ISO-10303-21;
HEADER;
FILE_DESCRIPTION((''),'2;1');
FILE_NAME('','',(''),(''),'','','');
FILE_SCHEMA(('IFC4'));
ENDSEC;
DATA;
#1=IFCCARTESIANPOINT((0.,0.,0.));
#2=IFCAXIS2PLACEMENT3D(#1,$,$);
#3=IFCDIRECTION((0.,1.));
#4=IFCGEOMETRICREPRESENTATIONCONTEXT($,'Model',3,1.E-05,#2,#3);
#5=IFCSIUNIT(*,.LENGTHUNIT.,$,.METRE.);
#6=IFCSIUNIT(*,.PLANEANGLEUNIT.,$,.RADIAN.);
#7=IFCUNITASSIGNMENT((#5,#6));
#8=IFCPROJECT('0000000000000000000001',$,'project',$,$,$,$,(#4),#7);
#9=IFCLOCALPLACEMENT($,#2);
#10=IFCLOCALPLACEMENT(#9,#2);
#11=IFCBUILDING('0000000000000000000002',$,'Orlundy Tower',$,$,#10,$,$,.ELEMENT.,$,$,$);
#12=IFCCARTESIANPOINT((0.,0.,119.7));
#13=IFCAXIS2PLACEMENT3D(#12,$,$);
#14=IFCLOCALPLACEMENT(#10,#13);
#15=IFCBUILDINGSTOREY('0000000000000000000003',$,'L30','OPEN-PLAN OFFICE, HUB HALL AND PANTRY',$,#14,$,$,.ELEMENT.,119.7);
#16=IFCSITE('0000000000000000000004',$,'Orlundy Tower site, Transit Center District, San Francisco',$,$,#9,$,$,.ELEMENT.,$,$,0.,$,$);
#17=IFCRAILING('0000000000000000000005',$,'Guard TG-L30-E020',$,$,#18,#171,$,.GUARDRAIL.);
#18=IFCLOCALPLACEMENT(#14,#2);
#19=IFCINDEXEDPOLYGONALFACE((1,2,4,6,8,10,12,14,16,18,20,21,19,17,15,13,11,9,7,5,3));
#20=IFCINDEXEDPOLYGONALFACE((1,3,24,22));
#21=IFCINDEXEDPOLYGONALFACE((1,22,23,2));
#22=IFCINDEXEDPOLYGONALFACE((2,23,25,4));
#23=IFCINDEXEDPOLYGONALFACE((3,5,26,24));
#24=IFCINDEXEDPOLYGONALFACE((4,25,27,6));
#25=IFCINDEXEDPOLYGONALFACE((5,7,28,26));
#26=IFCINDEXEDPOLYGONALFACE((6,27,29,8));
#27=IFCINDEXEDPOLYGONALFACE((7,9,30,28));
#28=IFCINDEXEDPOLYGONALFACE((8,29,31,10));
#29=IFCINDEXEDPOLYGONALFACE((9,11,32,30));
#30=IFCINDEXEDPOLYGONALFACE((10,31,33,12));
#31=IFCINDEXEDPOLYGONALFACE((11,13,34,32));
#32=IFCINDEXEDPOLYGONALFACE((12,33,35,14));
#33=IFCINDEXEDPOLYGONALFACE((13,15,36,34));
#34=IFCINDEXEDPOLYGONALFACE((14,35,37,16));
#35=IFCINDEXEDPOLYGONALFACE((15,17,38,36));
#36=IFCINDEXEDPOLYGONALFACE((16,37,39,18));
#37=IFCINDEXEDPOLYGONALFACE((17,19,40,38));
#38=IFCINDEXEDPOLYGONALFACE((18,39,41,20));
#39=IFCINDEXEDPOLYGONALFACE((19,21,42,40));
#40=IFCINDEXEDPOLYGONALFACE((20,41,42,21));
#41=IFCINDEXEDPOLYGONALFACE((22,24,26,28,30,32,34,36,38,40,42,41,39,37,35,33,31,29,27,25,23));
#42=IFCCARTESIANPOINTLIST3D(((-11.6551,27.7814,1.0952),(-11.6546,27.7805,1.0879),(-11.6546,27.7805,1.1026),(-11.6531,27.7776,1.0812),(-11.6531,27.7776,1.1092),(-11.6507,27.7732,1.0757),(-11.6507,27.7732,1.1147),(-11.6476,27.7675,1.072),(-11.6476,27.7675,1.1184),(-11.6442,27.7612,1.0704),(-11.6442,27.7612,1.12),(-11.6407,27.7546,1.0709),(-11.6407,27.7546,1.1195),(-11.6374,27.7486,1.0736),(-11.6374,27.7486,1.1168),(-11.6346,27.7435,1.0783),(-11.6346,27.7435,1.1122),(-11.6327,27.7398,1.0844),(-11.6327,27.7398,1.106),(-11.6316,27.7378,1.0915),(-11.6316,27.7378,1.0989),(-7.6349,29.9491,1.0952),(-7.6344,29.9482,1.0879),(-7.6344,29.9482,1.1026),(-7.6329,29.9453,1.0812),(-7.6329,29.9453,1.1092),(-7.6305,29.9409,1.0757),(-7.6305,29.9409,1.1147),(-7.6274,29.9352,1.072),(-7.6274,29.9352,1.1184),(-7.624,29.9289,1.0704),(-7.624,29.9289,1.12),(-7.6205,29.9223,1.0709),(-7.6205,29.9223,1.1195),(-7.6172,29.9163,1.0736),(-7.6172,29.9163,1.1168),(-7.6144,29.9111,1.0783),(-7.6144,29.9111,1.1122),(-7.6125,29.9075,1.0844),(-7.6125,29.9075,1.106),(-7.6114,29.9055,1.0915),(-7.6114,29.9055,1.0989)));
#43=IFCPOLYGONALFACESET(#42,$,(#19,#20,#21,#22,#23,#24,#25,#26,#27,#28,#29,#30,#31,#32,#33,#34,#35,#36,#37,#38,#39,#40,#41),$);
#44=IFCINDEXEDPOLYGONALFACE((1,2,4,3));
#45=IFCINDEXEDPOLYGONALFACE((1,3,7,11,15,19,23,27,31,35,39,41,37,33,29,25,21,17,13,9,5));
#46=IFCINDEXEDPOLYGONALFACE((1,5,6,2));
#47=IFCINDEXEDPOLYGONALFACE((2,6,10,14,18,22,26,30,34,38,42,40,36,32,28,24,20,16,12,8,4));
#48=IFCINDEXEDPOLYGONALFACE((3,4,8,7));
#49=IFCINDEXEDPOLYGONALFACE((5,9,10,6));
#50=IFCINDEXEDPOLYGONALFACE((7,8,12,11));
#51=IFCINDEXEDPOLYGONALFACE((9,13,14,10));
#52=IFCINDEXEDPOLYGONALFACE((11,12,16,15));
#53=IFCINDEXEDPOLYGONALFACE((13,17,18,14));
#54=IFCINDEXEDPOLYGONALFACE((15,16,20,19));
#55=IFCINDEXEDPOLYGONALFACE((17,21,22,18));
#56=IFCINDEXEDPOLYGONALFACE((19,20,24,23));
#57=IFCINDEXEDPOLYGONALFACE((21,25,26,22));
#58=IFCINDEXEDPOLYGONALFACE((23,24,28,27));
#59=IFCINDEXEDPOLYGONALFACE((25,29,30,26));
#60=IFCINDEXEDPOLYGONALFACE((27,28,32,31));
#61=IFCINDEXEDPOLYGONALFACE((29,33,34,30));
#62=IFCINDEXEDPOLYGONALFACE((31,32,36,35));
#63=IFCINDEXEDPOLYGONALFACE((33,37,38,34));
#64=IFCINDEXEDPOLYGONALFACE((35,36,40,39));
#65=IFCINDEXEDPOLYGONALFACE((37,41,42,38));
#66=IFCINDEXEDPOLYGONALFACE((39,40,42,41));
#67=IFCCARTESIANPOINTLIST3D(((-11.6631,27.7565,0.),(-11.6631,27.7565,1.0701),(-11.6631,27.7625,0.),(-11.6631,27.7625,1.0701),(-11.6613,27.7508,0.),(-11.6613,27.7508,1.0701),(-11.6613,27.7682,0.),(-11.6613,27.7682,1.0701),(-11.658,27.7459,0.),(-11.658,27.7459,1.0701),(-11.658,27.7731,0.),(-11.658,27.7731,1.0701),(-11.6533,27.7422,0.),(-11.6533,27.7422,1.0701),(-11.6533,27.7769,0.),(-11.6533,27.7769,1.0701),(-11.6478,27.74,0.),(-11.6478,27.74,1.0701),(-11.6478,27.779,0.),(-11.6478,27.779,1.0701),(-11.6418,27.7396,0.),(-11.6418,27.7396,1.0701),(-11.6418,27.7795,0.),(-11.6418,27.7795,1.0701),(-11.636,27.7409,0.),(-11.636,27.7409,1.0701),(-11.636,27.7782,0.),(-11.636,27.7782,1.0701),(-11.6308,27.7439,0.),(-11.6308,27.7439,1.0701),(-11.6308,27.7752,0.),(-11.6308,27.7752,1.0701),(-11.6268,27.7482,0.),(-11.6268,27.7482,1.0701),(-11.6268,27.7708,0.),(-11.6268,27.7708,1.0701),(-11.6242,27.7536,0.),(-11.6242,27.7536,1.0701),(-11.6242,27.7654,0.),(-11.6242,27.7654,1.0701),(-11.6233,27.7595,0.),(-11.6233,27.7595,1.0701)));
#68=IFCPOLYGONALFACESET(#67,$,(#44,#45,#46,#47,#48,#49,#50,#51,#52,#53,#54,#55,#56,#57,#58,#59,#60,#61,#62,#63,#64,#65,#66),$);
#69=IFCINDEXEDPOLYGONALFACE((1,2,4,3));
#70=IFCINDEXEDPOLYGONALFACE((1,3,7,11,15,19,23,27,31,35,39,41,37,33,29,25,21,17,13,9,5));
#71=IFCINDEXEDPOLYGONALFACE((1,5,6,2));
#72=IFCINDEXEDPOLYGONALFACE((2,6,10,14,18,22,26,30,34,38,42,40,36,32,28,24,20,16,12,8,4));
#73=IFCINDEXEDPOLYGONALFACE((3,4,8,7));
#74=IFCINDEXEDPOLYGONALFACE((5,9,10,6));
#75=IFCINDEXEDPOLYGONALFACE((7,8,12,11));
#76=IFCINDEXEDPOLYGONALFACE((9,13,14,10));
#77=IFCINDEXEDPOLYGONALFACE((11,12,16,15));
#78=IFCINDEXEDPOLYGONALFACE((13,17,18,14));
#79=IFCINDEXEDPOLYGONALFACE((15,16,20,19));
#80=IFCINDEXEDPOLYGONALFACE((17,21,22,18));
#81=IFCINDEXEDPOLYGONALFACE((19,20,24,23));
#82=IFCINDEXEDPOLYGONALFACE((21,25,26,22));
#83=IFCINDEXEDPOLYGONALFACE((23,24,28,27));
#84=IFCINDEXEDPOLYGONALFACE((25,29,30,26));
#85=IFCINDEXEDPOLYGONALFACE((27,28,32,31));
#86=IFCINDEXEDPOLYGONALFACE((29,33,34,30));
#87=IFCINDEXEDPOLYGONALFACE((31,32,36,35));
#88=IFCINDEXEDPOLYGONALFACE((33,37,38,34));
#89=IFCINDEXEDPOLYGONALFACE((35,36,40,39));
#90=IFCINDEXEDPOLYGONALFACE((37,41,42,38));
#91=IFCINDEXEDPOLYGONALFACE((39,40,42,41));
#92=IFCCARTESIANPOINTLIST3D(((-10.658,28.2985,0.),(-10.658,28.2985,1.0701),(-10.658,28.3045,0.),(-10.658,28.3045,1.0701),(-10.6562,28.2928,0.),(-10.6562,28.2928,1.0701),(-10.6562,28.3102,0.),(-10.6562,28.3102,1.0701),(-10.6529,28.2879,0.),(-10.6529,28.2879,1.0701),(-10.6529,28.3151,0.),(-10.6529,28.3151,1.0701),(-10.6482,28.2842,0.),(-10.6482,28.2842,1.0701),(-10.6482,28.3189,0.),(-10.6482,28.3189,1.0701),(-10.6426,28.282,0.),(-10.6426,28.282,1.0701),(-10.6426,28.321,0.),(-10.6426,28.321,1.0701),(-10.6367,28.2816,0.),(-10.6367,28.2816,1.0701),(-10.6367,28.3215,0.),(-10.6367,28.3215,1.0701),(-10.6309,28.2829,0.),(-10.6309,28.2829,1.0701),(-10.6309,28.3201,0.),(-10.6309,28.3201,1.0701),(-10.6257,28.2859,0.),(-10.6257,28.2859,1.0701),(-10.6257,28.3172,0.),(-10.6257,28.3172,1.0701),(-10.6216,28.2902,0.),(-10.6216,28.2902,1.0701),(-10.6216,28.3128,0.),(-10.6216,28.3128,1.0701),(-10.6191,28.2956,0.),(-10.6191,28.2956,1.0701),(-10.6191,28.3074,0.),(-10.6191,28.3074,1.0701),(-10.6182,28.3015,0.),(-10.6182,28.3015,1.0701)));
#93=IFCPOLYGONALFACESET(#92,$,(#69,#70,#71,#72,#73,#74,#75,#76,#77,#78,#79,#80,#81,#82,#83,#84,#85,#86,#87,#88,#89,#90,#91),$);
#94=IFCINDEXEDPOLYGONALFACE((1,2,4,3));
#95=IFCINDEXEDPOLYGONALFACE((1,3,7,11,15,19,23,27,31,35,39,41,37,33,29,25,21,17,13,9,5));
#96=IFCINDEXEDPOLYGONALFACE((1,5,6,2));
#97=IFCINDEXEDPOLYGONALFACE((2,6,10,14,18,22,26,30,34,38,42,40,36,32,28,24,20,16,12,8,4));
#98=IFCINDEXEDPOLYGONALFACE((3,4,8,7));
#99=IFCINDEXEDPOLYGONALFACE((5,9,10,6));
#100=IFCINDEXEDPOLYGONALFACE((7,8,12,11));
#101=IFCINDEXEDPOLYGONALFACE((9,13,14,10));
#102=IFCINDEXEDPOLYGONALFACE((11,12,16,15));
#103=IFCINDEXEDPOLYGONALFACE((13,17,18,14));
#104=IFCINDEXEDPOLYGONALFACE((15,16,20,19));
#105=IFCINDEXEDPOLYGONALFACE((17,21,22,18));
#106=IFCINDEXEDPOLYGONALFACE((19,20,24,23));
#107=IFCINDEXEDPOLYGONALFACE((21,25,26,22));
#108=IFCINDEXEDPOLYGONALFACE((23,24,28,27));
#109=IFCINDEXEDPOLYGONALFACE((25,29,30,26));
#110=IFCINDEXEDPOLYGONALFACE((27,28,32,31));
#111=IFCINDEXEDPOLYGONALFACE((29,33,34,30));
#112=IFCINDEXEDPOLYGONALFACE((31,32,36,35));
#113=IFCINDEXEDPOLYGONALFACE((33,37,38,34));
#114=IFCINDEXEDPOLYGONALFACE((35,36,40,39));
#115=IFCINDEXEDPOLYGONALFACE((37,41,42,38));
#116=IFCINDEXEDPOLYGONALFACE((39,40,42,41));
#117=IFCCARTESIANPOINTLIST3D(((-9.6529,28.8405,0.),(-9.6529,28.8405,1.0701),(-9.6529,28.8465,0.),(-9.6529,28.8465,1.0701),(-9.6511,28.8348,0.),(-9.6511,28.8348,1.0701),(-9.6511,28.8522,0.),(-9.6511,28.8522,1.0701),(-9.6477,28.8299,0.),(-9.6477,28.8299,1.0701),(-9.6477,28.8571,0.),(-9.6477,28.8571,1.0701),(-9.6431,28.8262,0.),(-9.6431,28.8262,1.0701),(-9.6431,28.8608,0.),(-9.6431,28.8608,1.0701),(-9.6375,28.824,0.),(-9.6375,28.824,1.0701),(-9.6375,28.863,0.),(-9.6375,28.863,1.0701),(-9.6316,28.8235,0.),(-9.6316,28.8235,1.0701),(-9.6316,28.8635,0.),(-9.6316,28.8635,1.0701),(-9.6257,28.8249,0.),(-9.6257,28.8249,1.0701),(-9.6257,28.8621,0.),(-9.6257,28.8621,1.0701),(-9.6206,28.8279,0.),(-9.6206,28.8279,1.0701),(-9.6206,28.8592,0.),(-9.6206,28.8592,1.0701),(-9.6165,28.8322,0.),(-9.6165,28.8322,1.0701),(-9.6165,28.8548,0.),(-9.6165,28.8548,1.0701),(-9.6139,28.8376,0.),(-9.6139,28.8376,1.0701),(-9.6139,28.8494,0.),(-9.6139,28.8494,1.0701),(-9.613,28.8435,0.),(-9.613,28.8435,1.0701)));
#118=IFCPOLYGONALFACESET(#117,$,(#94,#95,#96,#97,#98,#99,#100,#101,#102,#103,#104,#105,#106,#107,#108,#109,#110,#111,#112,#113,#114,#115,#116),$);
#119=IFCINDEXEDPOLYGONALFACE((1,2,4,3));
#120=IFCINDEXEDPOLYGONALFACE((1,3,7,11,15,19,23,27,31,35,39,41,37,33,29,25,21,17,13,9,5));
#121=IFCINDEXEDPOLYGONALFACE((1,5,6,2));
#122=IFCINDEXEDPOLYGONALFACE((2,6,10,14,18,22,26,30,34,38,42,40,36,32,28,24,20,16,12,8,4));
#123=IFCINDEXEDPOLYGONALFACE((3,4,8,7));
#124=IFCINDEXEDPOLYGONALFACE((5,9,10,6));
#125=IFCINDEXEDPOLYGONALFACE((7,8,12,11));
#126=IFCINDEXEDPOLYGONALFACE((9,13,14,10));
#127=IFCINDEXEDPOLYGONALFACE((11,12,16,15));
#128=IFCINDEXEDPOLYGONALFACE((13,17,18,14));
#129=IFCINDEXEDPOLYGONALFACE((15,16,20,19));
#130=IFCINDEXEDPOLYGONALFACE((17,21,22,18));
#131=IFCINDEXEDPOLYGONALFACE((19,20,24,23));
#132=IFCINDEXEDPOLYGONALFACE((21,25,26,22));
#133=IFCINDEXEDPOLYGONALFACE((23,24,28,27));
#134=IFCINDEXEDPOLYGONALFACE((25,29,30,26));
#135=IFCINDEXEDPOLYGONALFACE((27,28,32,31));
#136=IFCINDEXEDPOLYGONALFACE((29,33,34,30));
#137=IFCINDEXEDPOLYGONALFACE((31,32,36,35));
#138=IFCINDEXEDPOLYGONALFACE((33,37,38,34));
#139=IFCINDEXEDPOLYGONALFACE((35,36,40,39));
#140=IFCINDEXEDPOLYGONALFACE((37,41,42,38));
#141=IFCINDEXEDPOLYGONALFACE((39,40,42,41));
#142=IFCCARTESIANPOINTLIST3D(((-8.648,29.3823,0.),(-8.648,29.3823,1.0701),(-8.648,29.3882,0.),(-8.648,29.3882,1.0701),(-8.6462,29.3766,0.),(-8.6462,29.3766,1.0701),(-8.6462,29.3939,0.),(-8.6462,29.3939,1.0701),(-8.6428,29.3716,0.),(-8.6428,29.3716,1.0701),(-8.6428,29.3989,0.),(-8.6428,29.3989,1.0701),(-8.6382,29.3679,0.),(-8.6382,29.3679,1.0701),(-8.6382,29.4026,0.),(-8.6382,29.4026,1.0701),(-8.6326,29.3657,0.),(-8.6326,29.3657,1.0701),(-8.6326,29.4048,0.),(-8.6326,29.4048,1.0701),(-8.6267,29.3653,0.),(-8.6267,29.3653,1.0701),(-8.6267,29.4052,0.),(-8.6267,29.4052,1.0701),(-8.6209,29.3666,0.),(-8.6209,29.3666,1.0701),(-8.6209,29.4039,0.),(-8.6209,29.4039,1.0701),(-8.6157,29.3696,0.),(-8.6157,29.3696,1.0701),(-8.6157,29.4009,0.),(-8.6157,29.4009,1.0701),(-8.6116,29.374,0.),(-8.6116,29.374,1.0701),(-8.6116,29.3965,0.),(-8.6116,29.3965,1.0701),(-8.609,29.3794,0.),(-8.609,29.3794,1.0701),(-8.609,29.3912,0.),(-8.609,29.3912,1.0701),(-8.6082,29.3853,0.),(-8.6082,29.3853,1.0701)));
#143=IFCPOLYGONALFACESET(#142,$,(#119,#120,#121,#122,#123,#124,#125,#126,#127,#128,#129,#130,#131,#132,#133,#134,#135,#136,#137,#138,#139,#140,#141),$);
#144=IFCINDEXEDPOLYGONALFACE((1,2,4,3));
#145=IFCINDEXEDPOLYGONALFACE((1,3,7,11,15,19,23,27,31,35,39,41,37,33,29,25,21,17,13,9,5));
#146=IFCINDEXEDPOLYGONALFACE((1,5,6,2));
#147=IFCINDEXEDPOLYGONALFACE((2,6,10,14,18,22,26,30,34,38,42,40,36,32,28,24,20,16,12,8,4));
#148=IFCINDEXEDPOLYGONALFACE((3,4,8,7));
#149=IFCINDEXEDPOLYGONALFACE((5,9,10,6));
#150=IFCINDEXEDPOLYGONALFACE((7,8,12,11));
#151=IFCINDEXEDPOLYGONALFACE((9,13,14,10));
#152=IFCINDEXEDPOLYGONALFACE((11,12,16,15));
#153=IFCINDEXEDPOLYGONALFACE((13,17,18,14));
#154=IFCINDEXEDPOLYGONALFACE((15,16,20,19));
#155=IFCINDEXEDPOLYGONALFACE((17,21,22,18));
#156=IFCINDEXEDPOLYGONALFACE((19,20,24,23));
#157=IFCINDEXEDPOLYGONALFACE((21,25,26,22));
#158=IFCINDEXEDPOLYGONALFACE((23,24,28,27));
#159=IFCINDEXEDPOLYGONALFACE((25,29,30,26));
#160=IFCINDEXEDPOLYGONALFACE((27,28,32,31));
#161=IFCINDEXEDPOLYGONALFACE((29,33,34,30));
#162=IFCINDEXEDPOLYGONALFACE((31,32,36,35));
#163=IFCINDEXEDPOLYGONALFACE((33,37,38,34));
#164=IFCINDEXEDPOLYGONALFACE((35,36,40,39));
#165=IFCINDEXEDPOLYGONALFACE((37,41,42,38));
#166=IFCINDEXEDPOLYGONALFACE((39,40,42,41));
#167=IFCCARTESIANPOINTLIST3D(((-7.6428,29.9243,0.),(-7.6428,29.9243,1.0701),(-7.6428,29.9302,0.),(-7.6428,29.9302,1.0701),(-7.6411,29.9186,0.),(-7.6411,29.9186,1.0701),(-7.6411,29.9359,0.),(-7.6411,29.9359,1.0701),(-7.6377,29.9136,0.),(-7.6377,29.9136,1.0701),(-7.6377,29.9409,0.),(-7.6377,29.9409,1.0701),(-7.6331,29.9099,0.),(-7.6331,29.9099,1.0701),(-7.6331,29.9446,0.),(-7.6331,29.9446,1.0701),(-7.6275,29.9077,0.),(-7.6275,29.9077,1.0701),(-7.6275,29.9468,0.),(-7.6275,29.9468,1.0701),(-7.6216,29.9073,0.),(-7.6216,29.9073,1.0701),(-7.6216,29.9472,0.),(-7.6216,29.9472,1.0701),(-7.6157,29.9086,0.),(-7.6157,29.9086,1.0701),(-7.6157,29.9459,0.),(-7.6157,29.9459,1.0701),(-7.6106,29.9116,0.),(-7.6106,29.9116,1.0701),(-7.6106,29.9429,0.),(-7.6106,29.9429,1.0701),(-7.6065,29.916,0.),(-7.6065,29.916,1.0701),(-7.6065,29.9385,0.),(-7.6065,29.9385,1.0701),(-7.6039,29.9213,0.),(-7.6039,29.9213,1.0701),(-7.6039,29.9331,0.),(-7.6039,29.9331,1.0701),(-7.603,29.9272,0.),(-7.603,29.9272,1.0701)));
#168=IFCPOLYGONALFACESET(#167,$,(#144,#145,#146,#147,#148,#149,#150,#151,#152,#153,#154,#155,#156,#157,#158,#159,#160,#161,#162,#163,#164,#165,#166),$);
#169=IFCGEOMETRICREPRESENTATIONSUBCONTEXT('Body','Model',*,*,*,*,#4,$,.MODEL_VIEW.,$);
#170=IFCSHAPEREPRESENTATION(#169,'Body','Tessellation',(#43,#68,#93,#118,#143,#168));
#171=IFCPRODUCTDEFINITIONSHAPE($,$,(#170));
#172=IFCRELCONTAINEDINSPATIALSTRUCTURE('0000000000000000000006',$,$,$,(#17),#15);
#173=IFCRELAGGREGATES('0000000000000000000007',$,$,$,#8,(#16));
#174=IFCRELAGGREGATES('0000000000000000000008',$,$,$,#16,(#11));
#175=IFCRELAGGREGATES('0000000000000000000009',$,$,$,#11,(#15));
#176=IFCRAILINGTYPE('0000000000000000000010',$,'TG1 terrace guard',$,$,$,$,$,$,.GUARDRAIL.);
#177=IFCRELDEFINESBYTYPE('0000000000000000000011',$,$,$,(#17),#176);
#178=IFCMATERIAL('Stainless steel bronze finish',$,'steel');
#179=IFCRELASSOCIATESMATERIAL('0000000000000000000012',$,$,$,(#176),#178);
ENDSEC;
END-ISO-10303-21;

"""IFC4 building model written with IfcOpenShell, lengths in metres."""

from ifc_helpers import new_model, si_unit, direction, frame, origin, origin_2d, place, context, subcontext, project, spatial, circle, extrude, material, type_object, element, save


model = new_model("IFC4")

# Units and contexts
model_context = context("Model", 3, precision=1e-05, world=origin(), true_north=direction((0.0, 1.0)))
body_context = subcontext(model_context, "Body", "Model", "MODEL_VIEW")
ifc_project = project(units=[si_unit("LENGTHUNIT", "METRE"), si_unit("PLANEANGLEUNIT", "RADIAN")], contexts=[model_context])

# Site, building, storey
site_placement = place(None, origin())
site = spatial("IfcSite", under=ifc_project, at=site_placement, Name="Orlundy Tower site, Transit Center District, San Francisco", CompositionType="ELEMENT", RefElevation=0.0)
building_placement = place(site_placement, origin())
building = spatial("IfcBuilding", under=site, at=building_placement, Name="Orlundy Tower", CompositionType="ELEMENT")
storey_placement = place(building_placement, frame((0.0, 0.0, 119.7)))
storey = spatial("IfcBuildingStorey", under=building, at=storey_placement, Name="L30", Description="OPEN-PLAN OFFICE, HUB HALL AND PANTRY", CompositionType="ELEMENT", Elevation=119.7)

# Railing
ifc_material_1 = material(Name="Stainless steel bronze finish", Category="steel")
railing_type_1 = type_object("IfcRailingType", Name="TG1 terrace guard", PredefinedType="GUARDRAIL", material=ifc_material_1)
railing_1_placement = place(storey_placement, frame((-11.6433, 27.7595, 0.0)))
element("IfcRailing", 1, at=railing_1_placement, inside=storey, type_object=railing_type_1, Name="Guard TG-L30-E020", PredefinedType="GUARDRAIL", context=body_context, shape_type="SweptSolid", body=[
    extrude(circle(Radius=0.0249, at=origin_2d()), frame((0.0, 0.0, 1.0952), z_axis=(0.8802, 0.474603, 0.0), x_axis=(-0.474603, 0.8802, 0.0)), (0.0, 0.0, 1.0), 4.5674),
    extrude(circle(Radius=0.02, at=origin_2d()), origin(), (0.0, 0.0, 1.0), 1.0701),
    extrude(circle(Radius=0.02, at=origin_2d()), frame((1.0051, 0.542, 0.0)), (0.0, 0.0, 1.0), 1.0701),
    extrude(circle(Radius=0.02, at=origin_2d()), frame((2.0103, 1.084, 0.0)), (0.0, 0.0, 1.0), 1.0701),
    extrude(circle(Radius=0.02, at=origin_2d()), frame((3.0151, 1.6257, 0.0)), (0.0, 0.0, 1.0), 1.0701),
    extrude(circle(Radius=0.02, at=origin_2d()), frame((4.0203, 2.1677, 0.0)), (0.0, 0.0, 1.0), 1.0701),
])

save(model, "model.ifc")
